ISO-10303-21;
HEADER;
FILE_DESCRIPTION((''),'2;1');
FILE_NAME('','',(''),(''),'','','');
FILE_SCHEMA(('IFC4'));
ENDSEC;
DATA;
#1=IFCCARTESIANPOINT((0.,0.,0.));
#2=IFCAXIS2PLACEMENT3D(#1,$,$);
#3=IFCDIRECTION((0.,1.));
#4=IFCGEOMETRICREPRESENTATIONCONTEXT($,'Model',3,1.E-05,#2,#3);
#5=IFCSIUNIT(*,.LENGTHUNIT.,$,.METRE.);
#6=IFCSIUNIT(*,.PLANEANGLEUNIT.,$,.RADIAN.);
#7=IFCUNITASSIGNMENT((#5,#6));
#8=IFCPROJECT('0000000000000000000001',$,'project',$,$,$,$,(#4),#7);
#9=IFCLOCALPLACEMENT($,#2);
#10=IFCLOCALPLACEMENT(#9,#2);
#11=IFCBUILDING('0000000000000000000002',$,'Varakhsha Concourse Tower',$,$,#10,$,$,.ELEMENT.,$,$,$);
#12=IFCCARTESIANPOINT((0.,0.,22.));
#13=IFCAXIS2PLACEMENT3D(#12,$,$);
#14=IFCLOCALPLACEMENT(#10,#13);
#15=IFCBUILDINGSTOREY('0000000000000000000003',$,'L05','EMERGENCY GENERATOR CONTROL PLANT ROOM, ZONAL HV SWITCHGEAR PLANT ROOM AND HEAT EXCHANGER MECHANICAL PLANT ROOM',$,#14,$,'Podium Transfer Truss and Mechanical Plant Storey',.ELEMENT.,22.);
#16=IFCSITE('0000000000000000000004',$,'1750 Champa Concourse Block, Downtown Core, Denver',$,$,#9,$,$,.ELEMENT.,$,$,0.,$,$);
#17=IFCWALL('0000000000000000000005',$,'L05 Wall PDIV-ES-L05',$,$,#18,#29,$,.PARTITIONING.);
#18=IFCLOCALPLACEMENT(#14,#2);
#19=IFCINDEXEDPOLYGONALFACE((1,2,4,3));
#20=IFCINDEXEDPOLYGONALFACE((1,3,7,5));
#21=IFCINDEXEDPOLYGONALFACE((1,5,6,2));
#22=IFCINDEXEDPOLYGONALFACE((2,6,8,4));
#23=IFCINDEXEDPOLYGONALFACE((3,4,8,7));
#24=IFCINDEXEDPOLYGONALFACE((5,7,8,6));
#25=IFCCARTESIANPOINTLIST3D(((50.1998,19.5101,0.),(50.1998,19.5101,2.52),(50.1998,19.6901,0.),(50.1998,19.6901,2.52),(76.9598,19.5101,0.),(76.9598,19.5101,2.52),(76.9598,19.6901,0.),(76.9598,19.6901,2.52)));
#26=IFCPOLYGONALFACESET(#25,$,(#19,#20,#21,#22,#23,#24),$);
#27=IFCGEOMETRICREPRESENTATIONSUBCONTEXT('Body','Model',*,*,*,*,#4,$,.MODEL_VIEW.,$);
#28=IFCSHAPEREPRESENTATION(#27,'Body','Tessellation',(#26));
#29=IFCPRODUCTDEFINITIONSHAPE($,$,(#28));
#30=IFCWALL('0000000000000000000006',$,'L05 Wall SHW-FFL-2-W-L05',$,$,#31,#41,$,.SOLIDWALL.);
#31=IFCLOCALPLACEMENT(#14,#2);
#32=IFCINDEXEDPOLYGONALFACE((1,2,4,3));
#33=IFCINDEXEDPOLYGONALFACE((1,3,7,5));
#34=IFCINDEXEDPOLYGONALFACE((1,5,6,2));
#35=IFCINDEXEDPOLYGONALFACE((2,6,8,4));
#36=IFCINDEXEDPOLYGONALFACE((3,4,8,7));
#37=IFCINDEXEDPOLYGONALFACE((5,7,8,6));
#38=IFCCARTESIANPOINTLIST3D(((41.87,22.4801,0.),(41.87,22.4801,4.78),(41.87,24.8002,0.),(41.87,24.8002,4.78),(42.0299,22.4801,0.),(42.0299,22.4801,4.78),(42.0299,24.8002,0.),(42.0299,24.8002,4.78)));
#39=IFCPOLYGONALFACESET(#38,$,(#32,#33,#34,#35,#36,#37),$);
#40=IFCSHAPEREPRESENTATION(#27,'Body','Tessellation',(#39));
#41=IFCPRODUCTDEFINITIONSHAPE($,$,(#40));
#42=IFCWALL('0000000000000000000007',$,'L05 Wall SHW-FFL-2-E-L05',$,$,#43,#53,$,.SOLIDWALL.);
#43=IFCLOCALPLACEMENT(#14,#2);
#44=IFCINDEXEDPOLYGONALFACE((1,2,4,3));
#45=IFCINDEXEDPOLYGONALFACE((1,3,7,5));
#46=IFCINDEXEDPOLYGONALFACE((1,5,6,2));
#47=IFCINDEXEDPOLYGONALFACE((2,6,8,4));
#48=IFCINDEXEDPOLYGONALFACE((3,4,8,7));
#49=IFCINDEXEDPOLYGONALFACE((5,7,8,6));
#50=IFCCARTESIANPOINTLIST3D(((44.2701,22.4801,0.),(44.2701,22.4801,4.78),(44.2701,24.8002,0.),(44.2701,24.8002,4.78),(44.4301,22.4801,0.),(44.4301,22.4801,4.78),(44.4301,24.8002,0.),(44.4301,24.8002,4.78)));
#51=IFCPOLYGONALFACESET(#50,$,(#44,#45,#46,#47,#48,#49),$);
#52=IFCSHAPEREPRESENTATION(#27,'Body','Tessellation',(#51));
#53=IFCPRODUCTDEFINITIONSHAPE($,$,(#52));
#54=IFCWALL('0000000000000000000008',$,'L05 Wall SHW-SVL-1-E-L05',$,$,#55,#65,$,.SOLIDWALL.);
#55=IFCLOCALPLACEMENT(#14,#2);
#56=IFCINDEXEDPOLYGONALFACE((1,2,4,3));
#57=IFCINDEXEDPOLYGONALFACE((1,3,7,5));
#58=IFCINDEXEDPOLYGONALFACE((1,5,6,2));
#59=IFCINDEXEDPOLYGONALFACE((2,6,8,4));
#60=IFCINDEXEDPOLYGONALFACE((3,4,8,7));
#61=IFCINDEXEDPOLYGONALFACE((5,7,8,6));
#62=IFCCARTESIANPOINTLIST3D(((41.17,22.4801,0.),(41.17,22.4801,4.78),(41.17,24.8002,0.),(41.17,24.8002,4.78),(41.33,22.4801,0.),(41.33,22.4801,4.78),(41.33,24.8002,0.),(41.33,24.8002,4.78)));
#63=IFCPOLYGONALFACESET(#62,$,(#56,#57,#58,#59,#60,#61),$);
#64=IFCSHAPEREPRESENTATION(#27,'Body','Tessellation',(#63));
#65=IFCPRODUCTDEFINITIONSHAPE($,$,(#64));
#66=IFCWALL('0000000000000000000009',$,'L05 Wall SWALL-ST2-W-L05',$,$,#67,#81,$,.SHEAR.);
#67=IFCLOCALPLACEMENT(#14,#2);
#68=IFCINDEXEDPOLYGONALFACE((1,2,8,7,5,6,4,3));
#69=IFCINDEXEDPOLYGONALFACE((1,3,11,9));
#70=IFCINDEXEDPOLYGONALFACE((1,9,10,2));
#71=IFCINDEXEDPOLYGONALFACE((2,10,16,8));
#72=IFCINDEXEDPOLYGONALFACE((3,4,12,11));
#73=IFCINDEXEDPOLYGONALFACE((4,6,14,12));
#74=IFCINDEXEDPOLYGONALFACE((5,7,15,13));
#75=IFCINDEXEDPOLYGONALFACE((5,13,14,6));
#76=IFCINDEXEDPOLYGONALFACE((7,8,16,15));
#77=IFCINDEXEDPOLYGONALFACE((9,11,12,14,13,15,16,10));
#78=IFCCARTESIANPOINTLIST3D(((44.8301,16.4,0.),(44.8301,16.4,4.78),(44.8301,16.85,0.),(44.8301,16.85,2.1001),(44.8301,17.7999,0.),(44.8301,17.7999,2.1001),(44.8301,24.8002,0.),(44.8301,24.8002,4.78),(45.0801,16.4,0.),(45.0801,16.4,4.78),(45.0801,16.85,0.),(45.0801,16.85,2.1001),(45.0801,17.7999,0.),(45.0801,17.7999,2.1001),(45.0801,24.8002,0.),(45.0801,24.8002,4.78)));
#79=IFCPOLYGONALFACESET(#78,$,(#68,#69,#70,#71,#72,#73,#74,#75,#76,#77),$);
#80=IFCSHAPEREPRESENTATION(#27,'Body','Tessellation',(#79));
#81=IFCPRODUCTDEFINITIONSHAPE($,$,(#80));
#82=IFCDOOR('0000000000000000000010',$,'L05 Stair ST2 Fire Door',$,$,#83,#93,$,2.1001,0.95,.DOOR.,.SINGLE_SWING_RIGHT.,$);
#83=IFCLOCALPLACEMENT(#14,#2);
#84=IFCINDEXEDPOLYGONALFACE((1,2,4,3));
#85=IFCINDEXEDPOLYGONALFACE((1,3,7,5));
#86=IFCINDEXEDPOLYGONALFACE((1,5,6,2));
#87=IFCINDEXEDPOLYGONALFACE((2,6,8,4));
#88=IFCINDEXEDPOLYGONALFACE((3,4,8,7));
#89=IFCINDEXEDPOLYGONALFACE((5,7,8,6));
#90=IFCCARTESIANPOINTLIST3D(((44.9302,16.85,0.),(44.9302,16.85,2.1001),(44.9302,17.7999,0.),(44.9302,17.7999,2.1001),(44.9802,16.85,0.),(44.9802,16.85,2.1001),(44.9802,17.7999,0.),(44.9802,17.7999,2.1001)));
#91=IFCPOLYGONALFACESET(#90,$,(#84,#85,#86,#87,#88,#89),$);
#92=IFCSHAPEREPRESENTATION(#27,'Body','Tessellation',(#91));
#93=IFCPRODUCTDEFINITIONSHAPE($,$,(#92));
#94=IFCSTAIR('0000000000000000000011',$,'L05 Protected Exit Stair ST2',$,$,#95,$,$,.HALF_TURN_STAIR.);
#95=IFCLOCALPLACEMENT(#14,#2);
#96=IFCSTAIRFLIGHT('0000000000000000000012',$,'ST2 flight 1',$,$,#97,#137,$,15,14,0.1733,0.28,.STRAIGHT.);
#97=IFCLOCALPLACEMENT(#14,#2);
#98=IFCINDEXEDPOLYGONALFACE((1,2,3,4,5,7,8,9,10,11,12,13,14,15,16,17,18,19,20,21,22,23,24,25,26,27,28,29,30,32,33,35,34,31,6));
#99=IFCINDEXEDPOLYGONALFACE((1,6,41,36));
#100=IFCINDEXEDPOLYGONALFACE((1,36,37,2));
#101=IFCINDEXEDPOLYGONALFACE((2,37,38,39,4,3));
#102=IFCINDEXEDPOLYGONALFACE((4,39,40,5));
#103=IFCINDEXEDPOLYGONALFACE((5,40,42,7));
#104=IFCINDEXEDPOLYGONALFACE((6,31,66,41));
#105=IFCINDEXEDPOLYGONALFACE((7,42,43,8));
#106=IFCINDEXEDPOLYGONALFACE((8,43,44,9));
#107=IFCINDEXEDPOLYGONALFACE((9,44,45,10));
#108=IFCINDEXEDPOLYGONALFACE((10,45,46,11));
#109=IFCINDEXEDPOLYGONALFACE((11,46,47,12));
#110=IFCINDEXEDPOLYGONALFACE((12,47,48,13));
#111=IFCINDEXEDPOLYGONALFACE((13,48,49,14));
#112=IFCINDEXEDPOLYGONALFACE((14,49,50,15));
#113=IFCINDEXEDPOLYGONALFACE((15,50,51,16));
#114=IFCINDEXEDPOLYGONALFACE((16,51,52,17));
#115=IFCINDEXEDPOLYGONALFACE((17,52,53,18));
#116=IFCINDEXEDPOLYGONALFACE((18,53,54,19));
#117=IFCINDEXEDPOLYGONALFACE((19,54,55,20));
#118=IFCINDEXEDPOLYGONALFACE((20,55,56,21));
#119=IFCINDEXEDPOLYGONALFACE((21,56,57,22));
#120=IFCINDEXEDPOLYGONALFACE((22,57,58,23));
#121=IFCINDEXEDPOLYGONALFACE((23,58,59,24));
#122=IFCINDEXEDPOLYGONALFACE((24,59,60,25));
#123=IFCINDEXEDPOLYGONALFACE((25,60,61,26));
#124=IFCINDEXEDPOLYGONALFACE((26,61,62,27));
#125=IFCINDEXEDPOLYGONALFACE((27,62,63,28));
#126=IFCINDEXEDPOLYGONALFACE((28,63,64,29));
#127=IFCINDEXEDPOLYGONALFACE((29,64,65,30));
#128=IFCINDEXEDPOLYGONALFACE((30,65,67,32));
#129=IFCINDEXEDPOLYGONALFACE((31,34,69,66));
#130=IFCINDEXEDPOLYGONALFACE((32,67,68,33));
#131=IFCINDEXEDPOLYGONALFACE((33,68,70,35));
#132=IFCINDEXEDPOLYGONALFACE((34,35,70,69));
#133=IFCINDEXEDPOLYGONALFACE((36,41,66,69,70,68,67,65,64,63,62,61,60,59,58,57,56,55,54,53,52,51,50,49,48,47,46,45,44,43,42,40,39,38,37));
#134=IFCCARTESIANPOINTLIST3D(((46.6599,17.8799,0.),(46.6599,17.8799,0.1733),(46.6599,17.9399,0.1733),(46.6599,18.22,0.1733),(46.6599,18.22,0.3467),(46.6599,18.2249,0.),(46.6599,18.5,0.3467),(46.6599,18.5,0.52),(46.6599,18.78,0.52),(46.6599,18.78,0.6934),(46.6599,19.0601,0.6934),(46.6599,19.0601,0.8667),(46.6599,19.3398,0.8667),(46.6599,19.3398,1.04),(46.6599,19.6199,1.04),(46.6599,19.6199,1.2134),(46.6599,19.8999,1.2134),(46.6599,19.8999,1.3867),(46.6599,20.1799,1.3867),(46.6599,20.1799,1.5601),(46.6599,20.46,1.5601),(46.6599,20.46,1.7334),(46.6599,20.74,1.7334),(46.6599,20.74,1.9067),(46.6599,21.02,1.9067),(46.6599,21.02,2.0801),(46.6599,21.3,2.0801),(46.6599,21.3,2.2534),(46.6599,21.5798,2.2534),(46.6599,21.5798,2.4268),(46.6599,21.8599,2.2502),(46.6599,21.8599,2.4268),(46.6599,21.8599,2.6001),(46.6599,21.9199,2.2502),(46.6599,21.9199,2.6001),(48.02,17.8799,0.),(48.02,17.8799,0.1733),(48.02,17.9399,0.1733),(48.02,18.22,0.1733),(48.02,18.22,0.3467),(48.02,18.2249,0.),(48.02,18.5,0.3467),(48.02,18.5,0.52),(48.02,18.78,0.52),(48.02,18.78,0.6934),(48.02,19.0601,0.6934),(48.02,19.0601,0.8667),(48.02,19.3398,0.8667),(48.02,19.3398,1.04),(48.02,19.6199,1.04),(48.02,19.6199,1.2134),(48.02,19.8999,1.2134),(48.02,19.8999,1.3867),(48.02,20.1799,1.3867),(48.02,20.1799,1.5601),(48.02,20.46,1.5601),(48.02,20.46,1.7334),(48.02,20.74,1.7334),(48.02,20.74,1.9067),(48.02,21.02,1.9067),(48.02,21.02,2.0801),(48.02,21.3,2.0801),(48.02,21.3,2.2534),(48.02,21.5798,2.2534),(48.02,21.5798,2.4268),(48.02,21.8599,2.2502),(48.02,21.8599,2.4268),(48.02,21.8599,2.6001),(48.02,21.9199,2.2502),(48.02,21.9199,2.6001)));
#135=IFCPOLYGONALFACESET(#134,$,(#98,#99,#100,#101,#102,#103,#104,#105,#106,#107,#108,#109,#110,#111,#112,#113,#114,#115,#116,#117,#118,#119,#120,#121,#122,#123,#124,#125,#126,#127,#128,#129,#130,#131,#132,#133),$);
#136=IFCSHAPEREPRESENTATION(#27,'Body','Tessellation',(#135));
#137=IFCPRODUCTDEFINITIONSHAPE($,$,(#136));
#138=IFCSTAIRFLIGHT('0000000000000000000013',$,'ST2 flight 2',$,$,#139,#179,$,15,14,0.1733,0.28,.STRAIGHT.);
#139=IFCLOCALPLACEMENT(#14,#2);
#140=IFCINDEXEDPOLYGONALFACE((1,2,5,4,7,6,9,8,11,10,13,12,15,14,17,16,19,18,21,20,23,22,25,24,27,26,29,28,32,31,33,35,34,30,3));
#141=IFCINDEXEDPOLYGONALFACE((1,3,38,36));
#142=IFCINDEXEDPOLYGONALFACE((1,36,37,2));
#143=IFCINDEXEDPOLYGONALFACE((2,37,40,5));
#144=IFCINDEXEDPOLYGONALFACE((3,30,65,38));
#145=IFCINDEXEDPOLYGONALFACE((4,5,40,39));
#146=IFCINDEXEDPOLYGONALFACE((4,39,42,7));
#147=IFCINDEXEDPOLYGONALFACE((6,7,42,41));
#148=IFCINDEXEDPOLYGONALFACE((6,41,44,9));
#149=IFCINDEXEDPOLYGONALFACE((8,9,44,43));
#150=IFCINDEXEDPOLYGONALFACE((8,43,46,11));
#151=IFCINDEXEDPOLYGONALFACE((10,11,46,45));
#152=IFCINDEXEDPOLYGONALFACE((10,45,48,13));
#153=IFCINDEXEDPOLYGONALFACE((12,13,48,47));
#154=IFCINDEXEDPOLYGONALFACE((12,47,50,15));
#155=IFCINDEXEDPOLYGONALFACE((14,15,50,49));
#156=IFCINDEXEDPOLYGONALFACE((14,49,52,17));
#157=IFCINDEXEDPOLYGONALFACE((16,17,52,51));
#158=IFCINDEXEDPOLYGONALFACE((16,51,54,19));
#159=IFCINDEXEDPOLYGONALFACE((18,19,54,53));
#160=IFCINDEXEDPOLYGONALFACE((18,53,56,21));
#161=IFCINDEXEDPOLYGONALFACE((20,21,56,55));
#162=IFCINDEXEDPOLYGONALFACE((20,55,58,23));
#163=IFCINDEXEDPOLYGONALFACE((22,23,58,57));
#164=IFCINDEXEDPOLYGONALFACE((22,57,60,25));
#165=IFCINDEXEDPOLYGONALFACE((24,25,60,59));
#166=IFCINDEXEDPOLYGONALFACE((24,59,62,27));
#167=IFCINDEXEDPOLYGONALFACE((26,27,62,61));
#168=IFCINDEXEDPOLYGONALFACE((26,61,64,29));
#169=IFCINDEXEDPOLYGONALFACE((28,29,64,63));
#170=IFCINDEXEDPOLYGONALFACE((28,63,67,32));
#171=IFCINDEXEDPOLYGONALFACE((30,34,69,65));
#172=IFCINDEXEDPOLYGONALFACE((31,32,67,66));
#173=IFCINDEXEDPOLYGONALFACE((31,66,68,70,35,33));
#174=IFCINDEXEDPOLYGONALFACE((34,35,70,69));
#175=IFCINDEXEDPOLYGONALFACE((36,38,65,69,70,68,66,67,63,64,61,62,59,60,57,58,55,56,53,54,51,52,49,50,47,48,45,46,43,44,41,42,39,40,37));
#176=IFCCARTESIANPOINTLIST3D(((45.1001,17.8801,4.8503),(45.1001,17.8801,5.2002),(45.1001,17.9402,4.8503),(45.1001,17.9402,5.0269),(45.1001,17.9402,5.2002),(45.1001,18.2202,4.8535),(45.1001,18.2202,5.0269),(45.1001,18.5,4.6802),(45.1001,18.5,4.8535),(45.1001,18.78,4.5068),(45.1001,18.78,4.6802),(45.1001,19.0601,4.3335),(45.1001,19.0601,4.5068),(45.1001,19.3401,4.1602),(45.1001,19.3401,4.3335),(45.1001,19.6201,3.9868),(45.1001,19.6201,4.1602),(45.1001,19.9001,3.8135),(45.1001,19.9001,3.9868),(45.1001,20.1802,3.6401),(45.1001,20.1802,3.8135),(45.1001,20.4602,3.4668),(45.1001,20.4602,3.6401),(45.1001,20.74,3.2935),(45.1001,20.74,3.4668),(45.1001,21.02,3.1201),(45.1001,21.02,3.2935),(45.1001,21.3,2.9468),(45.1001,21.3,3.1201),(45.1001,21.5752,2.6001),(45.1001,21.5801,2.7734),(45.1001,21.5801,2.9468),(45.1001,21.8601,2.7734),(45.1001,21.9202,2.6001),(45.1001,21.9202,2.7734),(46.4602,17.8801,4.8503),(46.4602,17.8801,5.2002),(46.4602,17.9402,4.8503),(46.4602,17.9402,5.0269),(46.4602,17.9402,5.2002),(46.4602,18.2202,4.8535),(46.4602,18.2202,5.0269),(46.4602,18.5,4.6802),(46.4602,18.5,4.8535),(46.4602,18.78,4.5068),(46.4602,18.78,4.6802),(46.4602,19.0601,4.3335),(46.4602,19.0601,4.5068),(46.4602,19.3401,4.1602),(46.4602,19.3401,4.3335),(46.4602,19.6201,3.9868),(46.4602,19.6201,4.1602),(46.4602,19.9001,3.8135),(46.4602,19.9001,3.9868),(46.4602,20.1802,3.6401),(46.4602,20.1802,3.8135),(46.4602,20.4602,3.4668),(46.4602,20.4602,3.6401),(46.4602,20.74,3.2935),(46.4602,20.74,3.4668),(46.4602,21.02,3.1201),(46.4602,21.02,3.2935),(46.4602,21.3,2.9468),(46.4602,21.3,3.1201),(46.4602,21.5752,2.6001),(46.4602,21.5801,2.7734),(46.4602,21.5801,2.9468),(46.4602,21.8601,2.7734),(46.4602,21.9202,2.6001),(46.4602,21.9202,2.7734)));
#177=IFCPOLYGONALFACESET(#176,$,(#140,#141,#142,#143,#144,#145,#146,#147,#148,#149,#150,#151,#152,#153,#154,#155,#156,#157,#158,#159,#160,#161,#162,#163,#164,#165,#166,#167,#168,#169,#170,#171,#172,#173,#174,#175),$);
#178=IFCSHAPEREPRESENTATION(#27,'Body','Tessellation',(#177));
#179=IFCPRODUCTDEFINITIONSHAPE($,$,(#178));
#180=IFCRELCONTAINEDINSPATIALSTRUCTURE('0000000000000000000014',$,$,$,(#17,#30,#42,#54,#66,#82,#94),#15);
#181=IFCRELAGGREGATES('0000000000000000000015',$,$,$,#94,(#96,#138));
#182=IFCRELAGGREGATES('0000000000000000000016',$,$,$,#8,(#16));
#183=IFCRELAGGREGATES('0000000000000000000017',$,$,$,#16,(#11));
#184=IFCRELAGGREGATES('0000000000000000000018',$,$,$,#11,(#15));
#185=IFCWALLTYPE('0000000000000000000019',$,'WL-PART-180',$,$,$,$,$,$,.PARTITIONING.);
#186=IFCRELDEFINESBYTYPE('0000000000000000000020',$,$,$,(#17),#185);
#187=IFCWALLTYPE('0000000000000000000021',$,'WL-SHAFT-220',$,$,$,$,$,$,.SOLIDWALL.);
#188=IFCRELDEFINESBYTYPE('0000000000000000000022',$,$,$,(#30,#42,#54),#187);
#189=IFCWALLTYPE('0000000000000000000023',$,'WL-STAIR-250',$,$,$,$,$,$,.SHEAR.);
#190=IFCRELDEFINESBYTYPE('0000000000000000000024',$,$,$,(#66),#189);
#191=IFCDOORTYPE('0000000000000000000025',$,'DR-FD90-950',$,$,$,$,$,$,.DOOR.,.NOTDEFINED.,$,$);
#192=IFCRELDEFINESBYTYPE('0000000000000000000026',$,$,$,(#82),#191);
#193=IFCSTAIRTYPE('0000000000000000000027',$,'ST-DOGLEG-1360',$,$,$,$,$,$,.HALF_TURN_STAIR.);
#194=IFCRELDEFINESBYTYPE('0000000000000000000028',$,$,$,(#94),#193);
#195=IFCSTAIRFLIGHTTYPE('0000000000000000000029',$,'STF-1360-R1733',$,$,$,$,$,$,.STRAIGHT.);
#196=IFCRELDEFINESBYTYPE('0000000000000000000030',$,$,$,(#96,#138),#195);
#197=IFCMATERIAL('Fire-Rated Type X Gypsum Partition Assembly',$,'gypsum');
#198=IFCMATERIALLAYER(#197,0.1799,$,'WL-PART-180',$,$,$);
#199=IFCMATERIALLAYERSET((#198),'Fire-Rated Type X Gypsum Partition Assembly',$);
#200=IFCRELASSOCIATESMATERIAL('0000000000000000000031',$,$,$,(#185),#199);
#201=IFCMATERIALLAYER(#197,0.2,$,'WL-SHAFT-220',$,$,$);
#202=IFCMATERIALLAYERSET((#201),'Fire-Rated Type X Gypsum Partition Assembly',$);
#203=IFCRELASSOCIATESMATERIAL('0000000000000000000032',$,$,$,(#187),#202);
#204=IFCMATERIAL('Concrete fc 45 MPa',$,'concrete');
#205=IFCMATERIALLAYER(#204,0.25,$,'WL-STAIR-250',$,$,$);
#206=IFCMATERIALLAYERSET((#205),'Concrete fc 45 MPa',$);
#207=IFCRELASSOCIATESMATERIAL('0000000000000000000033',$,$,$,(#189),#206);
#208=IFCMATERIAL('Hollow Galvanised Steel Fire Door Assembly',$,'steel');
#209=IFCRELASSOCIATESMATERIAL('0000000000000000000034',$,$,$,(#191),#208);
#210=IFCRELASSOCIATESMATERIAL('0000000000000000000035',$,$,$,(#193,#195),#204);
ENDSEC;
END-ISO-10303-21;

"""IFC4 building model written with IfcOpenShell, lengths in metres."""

from ifc_helpers import new_model, si_unit, direction, frame, frame_2d, origin, place, context, subcontext, project, spatial, polyline, rectangle, outline, extrude, material, layer, layer_set, type_object, element, fill, aggregate, save


model = new_model("IFC4")

# Units and contexts
model_context = context("Model", 3, precision=1e-05, world=origin(), true_north=direction((0.0, 1.0)))
body_context = subcontext(model_context, "Body", "Model", "MODEL_VIEW")
ifc_project = project(units=[si_unit("LENGTHUNIT", "METRE"), si_unit("PLANEANGLEUNIT", "RADIAN")], contexts=[model_context])

# Site, building, storey
site_placement = place(None, origin())
site = spatial("IfcSite", under=ifc_project, at=site_placement, Name="1750 Champa Concourse Block, Downtown Core, Denver", CompositionType="ELEMENT", RefElevation=0.0)
building_placement = place(site_placement, origin())
building = spatial("IfcBuilding", under=site, at=building_placement, Name="Varakhsha Concourse Tower", CompositionType="ELEMENT")
storey_placement = place(building_placement, frame((0.0, 0.0, 22.0)))
storey = spatial("IfcBuildingStorey", under=building, at=storey_placement, Name="L05", Description="EMERGENCY GENERATOR CONTROL PLANT ROOM, ZONAL HV SWITCHGEAR PLANT ROOM AND HEAT EXCHANGER MECHANICAL PLANT ROOM", LongName="Podium Transfer Truss and Mechanical Plant Storey", CompositionType="ELEMENT", Elevation=22.0)

# Walls
ifc_material_1 = material(Name="Fire-Rated Type X Gypsum Partition Assembly", Category="gypsum")
ifc_layer_1 = layer(ifc_material_1, 0.1799, Name="WL-PART-180")
ifc_layer_set_1 = layer_set([ifc_layer_1], Name="Fire-Rated Type X Gypsum Partition Assembly")
wall_type_1 = type_object("IfcWallType", Name="WL-PART-180", PredefinedType="PARTITIONING", material=ifc_layer_set_1)
wall_1_placement = place(storey_placement, frame((50.2, 19.6001, 0.0), z_axis=(0.0, 0.0, 1.0), x_axis=(1.0, 0.0, 0.0)))
element("IfcWall", 1, at=wall_1_placement, inside=storey, type_object=wall_type_1, Name="L05 Wall PDIV-ES-L05", PredefinedType="PARTITIONING", context=body_context, shape_type="SweptSolid", body=[
    extrude(rectangle(XDim=26.76, YDim=0.1799, at=frame_2d((13.3799, 0.0))), origin(), (0.0, 0.0, 1.0), 2.52),
])
ifc_layer_2 = layer(ifc_material_1, 0.2, Name="WL-SHAFT-220")
ifc_layer_set_2 = layer_set([ifc_layer_2], Name="Fire-Rated Type X Gypsum Partition Assembly")
wall_type_2 = type_object("IfcWallType", Name="WL-SHAFT-220", PredefinedType="SOLIDWALL", material=ifc_layer_set_2)
for number, where, z_axis, x_axis, name in (
    (2, (41.95, 22.48, 0.0), (0.0, 0.0, 1.0), (0.0, 1.0, 0.0), "L05 Wall SHW-FFL-2-W-L05"),
    (3, (44.3501, 22.48, 0.0), (0.0, 0.0, 1.0), (0.0, 1.0, 0.0), "L05 Wall SHW-FFL-2-E-L05"),
    (4, (41.25, 22.48, 0.0), (0.0, 0.0, 1.0), (0.0, 1.0, 0.0), "L05 Wall SHW-SVL-1-E-L05"),
):
    element("IfcWall", number, at=place(storey_placement, frame(where, z_axis=z_axis, x_axis=x_axis)), inside=storey, type_object=wall_type_2, Name=name, PredefinedType="SOLIDWALL", context=body_context, shape_type="SweptSolid", body=[
        extrude(rectangle(XDim=2.3201, YDim=0.1599, at=frame_2d((1.1602, 0.0))), origin(), (0.0, 0.0, 1.0), 4.78),
    ])

# Wall, opening, door
ifc_material_2 = material(Name="Concrete fc 45 MPa", Category="concrete")
ifc_layer_3 = layer(ifc_material_2, 0.25, Name="WL-STAIR-250")
ifc_layer_set_3 = layer_set([ifc_layer_3], Name="Concrete fc 45 MPa")
wall_type_3 = type_object("IfcWallType", Name="WL-STAIR-250", PredefinedType="SHEAR", material=ifc_layer_set_3)
wall_2_placement = place(storey_placement, frame((44.9551, 16.3999, 0.0), z_axis=(0.0, 0.0, 1.0), x_axis=(0.0, 1.0, 0.0)))
wall_2 = element("IfcWall", 5, at=wall_2_placement, inside=storey, type_object=wall_type_3, Name="L05 Wall SWALL-ST2-W-L05", PredefinedType="SHEAR", context=body_context, shape_type="SweptSolid", body=[
    extrude(rectangle(XDim=8.4001, YDim=0.25, at=frame_2d((4.2002, 0.0))), origin(), (0.0, 0.0, 1.0), 4.78),
])
opening_1_placement = place(wall_2_placement, frame((0.45, 0.0, 0.0)))
opening_1 = element("IfcOpeningElement", 6, at=opening_1_placement, cuts=wall_2, PredefinedType="OPENING", context=body_context, shape_type="SweptSolid", body=[
    extrude(rectangle(XDim=0.95, YDim=2.1001, at=frame_2d((0.4751, 1.05))), frame((0.0, 0.135, 0.0), z_axis=(0.0, -1.0, 0.0), x_axis=(1.0, 0.0, 0.0)), (0.0, 0.0, 1.0), 0.27),
])
ifc_material_3 = material(Name="Hollow Galvanised Steel Fire Door Assembly", Category="steel")
door_type_1 = type_object("IfcDoorType", Name="DR-FD90-950", OperationType="NOTDEFINED", PredefinedType="DOOR", material=ifc_material_3)
door_1_placement = place(opening_1_placement, origin())
door_1 = element("IfcDoor", 7, at=door_1_placement, inside=storey, type_object=door_type_1, Name="L05 Stair ST2 Fire Door", OperationType="SINGLE_SWING_RIGHT", OverallHeight=2.1001, OverallWidth=0.95, PredefinedType="DOOR", context=body_context, shape_type="SweptSolid", body=[
    extrude(rectangle(XDim=0.95, YDim=2.1001, at=frame_2d((0.4751, 1.05))), frame((0.0, 0.0249, 0.0), z_axis=(0.0, -1.0, 0.0), x_axis=(1.0, 0.0, 0.0)), (0.0, 0.0, 1.0), 0.05),
])
fill(opening_1, door_1)

# Stair, stair flights
stair_type = type_object("IfcStairType", Name="ST-DOGLEG-1360", PredefinedType="HALF_TURN_STAIR", material=ifc_material_2)
stair_placement = place(storey_placement, origin())
stair = element("IfcStair", 8, at=stair_placement, inside=storey, type_object=stair_type, Name="L05 Protected Exit Stair ST2", PredefinedType="HALF_TURN_STAIR")
stair_flight_type = type_object("IfcStairFlightType", Name="STF-1360-R1733", PredefinedType="STRAIGHT", material=ifc_material_2)
stair_flight_1_placement = place(storey_placement, frame((47.3401, 17.9399, 0.0), z_axis=(0.0, 0.0, 1.0), x_axis=(0.0, 1.0, 0.0)))
stair_flight_1 = element("IfcStairFlight", 9, at=stair_flight_1_placement, type_object=stair_flight_type, Name="ST2 flight 1", NumberOfRisers=15, NumberOfTreads=14, PredefinedType="STRAIGHT", RiserHeight=0.1733, TreadLength=0.28, context=body_context, shape_type="SweptSolid", body=[
    extrude(outline(polyline([(-0.0601, 0.0), (-0.0601, 0.1733), (0.0, 0.1733), (0.28, 0.1733), (0.28, 0.3467), (0.5601, 0.3467), (0.5601, 0.52), (0.8401, 0.52), (0.8401, 0.6934), (1.1201, 0.6934), (1.1201, 0.8667), (1.3999, 0.8667), (1.3999, 1.04), (1.6799, 1.04), (1.6799, 1.2134), (1.96, 1.2134), (1.96, 1.3867), (2.24, 1.3867), (2.24, 1.5601), (2.52, 1.5601), (2.52, 1.7334), (2.8, 1.7334), (2.8, 1.9067), (3.0801, 1.9067), (3.0801, 2.0801), (3.3601, 2.0801), (3.3601, 2.2534), (3.6399, 2.2534), (3.6399, 2.4268), (3.9199, 2.4268), (3.9199, 2.6001), (3.98, 2.6001), (3.98, 2.2502), (3.9199, 2.2502), (0.2849, 0.0), (-0.0601, 0.0)])), frame((0.0, 0.6802, 0.0), z_axis=(0.0, -1.0, 0.0), x_axis=(1.0, 0.0, 0.0)), (0.0, 0.0, 1.0), 1.3601),
])
stair_flight_2_placement = place(storey_placement, frame((45.78, 21.8601, 2.6001), z_axis=(0.0, 0.0, 1.0), x_axis=(0.0, -1.0, 0.0)))
stair_flight_2 = element("IfcStairFlight", 10, at=stair_flight_2_placement, type_object=stair_flight_type, Name="ST2 flight 2", NumberOfRisers=15, NumberOfTreads=14, PredefinedType="STRAIGHT", RiserHeight=0.1733, TreadLength=0.28, context=body_context, shape_type="SweptSolid", body=[
    extrude(outline(polyline([(-0.0601, 0.0), (-0.0601, 0.1733), (0.0, 0.1733), (0.28, 0.1733), (0.28, 0.3467), (0.5601, 0.3467), (0.5601, 0.52), (0.8401, 0.52), (0.8401, 0.6934), (1.1201, 0.6934), (1.1201, 0.8667), (1.3999, 0.8667), (1.3999, 1.04), (1.6799, 1.04), (1.6799, 1.2134), (1.96, 1.2134), (1.96, 1.3867), (2.24, 1.3867), (2.24, 1.5601), (2.52, 1.5601), (2.52, 1.7334), (2.8, 1.7334), (2.8, 1.9067), (3.0801, 1.9067), (3.0801, 2.0801), (3.3601, 2.0801), (3.3601, 2.2534), (3.6399, 2.2534), (3.6399, 2.4268), (3.9199, 2.4268), (3.9199, 2.6001), (3.98, 2.6001), (3.98, 2.2502), (3.9199, 2.2502), (0.2849, 0.0), (-0.0601, 0.0)])), frame((0.0, 0.6802, 0.0), z_axis=(0.0, -1.0, 0.0), x_axis=(1.0, 0.0, 0.0)), (0.0, 0.0, 1.0), 1.3601),
])
aggregate(stair, [stair_flight_1, stair_flight_2])

save(model, "model.ifc")
